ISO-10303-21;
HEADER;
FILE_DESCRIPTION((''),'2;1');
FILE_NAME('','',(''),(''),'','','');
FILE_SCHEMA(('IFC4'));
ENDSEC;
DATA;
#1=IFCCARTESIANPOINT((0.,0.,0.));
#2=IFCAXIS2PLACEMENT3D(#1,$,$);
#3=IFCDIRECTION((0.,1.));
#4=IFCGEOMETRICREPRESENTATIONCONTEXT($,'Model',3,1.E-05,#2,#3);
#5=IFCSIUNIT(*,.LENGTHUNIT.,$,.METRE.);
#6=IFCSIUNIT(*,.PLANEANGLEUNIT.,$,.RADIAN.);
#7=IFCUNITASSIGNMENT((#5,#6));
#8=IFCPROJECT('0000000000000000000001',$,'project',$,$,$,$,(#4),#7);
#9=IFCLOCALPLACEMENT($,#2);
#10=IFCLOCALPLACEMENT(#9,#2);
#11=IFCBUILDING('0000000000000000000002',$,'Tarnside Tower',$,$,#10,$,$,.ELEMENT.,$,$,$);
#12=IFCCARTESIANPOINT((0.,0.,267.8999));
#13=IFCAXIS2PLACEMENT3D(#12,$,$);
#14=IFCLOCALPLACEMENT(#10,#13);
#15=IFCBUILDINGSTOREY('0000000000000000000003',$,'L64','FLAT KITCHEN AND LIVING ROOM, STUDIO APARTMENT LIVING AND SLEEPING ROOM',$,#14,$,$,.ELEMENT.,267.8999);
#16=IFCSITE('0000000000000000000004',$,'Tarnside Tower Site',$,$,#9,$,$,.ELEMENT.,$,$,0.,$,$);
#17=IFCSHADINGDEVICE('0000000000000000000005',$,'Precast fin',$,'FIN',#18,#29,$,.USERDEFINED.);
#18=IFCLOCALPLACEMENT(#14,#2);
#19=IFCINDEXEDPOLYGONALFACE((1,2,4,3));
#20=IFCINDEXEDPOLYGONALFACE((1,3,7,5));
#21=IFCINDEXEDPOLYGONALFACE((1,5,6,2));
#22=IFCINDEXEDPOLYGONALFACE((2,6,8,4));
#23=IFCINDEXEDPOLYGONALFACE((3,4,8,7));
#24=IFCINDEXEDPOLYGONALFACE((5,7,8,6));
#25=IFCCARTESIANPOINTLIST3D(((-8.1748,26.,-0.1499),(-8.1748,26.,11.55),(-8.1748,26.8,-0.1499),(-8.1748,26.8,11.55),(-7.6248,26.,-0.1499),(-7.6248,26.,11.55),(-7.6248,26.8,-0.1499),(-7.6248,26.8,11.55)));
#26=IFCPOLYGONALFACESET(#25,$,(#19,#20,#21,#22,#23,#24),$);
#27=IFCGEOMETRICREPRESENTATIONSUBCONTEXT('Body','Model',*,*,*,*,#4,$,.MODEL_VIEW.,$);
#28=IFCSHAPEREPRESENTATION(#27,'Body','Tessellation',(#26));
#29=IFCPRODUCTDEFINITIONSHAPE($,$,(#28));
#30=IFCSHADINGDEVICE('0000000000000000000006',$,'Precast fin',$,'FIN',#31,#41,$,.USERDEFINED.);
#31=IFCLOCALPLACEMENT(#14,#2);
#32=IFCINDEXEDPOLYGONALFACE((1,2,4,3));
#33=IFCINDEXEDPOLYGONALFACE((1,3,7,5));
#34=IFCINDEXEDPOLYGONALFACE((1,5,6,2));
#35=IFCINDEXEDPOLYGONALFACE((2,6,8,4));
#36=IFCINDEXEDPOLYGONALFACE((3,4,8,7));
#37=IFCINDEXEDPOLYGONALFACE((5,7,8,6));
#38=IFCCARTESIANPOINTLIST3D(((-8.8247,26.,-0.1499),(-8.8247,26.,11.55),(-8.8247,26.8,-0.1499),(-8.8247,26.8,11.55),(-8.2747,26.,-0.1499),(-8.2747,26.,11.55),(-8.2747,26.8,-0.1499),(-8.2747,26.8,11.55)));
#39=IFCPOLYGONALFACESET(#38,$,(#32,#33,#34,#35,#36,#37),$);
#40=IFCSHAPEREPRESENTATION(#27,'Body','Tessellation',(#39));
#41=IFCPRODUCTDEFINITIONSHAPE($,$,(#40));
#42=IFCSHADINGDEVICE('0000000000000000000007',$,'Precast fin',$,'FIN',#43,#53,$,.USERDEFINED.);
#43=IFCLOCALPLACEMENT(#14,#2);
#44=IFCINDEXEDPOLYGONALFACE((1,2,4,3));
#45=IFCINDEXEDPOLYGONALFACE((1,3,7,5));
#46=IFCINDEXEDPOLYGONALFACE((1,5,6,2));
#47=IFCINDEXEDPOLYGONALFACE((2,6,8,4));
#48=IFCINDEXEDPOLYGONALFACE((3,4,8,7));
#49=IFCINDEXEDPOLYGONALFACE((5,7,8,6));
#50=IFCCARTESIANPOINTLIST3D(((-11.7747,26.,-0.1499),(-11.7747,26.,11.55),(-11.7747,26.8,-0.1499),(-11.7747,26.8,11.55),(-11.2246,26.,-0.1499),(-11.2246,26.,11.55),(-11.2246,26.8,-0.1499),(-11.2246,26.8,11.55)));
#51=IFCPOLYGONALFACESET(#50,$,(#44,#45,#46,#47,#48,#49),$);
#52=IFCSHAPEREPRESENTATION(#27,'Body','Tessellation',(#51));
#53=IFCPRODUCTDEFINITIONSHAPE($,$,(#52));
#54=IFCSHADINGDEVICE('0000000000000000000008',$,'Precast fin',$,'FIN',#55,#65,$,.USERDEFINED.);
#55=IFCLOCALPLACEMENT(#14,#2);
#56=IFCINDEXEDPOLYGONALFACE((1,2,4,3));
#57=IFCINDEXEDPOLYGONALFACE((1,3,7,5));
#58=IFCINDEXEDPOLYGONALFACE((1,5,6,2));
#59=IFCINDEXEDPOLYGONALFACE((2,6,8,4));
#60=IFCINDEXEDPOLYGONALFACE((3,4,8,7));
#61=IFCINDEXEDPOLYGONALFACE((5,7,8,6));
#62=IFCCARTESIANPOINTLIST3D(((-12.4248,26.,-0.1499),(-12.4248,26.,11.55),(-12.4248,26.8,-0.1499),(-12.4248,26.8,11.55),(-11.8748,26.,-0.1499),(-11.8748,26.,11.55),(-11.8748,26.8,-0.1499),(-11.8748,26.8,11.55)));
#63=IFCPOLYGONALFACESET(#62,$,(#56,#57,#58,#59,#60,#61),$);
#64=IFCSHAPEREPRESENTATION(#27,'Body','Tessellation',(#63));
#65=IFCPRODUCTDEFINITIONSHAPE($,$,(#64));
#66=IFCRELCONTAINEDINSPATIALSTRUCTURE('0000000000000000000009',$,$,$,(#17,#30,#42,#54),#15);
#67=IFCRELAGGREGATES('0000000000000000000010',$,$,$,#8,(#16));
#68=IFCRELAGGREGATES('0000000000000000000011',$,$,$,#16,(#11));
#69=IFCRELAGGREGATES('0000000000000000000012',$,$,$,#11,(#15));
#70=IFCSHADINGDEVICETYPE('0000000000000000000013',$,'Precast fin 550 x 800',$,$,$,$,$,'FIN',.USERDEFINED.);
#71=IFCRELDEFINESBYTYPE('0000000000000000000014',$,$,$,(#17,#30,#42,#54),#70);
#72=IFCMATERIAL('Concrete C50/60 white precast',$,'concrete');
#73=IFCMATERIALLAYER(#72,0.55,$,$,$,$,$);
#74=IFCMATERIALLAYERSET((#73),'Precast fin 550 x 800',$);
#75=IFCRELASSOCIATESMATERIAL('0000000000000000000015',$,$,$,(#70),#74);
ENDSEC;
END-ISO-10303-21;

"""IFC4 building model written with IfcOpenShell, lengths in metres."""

from ifc_helpers import new_model, si_unit, direction, frame, origin, place, context, subcontext, project, spatial, polyline, outline, extrude, material, layer, layer_set, type_object, element, save


model = new_model("IFC4")

# Units and contexts
model_context = context("Model", 3, precision=1e-05, world=origin(), true_north=direction((0.0, 1.0)))
body_context = subcontext(model_context, "Body", "Model", "MODEL_VIEW")
ifc_project = project(units=[si_unit("LENGTHUNIT", "METRE"), si_unit("PLANEANGLEUNIT", "RADIAN")], contexts=[model_context])

# Site, building, storey
site_placement = place(None, origin())
site = spatial("IfcSite", under=ifc_project, at=site_placement, Name="Tarnside Tower Site", CompositionType="ELEMENT", RefElevation=0.0)
building_placement = place(site_placement, origin())
building = spatial("IfcBuilding", under=site, at=building_placement, Name="Tarnside Tower", CompositionType="ELEMENT")
storey_placement = place(building_placement, frame((0.0, 0.0, 267.8999)))
storey = spatial("IfcBuildingStorey", under=building, at=storey_placement, Name="L64", Description="FLAT KITCHEN AND LIVING ROOM, STUDIO APARTMENT LIVING AND SLEEPING ROOM", CompositionType="ELEMENT", Elevation=267.8999)

# Shading devices
ifc_material_1 = material(Name="Concrete C50/60 white precast", Category="concrete")
ifc_layer_1 = layer(ifc_material_1, 0.55)
ifc_layer_set_1 = layer_set([ifc_layer_1], Name="Precast fin 550 x 800")
shading_device_type = type_object("IfcShadingDeviceType", Name="Precast fin 550 x 800", ElementType="FIN", PredefinedType="USERDEFINED", material=ifc_layer_set_1)
for number, where, z_axis, x_axis, name in (
    (1, (-7.8999, 26.0, -0.1499), (1.0, 0.0, 0.0), (0.0, 1.0, 0.0), "Precast fin"),
    (2, (-8.5498, 26.0, -0.1499), (1.0, 0.0, 0.0), (0.0, 1.0, 0.0), "Precast fin"),
    (3, (-11.4998, 26.0, -0.1499), (1.0, 0.0, 0.0), (0.0, 1.0, 0.0), "Precast fin"),
    (4, (-12.1499, 26.0, -0.1499), (1.0, 0.0, 0.0), (0.0, 1.0, 0.0), "Precast fin"),
):
    element("IfcShadingDevice", number, at=place(storey_placement, frame(where, z_axis=z_axis, x_axis=x_axis)), inside=storey, type_object=shading_device_type, Name=name, ObjectType="FIN", PredefinedType="USERDEFINED", context=body_context, shape_type="SweptSolid", body=[
        extrude(outline(polyline([(0.0, 0.0), (0.8, 0.0), (0.8, 11.7), (0.0, 11.7), (0.0, 0.0)])), frame((0.0, 0.0, -0.2749)), (0.0, 0.0, 1.0), 0.55),
    ])

save(model, "model.ifc")
